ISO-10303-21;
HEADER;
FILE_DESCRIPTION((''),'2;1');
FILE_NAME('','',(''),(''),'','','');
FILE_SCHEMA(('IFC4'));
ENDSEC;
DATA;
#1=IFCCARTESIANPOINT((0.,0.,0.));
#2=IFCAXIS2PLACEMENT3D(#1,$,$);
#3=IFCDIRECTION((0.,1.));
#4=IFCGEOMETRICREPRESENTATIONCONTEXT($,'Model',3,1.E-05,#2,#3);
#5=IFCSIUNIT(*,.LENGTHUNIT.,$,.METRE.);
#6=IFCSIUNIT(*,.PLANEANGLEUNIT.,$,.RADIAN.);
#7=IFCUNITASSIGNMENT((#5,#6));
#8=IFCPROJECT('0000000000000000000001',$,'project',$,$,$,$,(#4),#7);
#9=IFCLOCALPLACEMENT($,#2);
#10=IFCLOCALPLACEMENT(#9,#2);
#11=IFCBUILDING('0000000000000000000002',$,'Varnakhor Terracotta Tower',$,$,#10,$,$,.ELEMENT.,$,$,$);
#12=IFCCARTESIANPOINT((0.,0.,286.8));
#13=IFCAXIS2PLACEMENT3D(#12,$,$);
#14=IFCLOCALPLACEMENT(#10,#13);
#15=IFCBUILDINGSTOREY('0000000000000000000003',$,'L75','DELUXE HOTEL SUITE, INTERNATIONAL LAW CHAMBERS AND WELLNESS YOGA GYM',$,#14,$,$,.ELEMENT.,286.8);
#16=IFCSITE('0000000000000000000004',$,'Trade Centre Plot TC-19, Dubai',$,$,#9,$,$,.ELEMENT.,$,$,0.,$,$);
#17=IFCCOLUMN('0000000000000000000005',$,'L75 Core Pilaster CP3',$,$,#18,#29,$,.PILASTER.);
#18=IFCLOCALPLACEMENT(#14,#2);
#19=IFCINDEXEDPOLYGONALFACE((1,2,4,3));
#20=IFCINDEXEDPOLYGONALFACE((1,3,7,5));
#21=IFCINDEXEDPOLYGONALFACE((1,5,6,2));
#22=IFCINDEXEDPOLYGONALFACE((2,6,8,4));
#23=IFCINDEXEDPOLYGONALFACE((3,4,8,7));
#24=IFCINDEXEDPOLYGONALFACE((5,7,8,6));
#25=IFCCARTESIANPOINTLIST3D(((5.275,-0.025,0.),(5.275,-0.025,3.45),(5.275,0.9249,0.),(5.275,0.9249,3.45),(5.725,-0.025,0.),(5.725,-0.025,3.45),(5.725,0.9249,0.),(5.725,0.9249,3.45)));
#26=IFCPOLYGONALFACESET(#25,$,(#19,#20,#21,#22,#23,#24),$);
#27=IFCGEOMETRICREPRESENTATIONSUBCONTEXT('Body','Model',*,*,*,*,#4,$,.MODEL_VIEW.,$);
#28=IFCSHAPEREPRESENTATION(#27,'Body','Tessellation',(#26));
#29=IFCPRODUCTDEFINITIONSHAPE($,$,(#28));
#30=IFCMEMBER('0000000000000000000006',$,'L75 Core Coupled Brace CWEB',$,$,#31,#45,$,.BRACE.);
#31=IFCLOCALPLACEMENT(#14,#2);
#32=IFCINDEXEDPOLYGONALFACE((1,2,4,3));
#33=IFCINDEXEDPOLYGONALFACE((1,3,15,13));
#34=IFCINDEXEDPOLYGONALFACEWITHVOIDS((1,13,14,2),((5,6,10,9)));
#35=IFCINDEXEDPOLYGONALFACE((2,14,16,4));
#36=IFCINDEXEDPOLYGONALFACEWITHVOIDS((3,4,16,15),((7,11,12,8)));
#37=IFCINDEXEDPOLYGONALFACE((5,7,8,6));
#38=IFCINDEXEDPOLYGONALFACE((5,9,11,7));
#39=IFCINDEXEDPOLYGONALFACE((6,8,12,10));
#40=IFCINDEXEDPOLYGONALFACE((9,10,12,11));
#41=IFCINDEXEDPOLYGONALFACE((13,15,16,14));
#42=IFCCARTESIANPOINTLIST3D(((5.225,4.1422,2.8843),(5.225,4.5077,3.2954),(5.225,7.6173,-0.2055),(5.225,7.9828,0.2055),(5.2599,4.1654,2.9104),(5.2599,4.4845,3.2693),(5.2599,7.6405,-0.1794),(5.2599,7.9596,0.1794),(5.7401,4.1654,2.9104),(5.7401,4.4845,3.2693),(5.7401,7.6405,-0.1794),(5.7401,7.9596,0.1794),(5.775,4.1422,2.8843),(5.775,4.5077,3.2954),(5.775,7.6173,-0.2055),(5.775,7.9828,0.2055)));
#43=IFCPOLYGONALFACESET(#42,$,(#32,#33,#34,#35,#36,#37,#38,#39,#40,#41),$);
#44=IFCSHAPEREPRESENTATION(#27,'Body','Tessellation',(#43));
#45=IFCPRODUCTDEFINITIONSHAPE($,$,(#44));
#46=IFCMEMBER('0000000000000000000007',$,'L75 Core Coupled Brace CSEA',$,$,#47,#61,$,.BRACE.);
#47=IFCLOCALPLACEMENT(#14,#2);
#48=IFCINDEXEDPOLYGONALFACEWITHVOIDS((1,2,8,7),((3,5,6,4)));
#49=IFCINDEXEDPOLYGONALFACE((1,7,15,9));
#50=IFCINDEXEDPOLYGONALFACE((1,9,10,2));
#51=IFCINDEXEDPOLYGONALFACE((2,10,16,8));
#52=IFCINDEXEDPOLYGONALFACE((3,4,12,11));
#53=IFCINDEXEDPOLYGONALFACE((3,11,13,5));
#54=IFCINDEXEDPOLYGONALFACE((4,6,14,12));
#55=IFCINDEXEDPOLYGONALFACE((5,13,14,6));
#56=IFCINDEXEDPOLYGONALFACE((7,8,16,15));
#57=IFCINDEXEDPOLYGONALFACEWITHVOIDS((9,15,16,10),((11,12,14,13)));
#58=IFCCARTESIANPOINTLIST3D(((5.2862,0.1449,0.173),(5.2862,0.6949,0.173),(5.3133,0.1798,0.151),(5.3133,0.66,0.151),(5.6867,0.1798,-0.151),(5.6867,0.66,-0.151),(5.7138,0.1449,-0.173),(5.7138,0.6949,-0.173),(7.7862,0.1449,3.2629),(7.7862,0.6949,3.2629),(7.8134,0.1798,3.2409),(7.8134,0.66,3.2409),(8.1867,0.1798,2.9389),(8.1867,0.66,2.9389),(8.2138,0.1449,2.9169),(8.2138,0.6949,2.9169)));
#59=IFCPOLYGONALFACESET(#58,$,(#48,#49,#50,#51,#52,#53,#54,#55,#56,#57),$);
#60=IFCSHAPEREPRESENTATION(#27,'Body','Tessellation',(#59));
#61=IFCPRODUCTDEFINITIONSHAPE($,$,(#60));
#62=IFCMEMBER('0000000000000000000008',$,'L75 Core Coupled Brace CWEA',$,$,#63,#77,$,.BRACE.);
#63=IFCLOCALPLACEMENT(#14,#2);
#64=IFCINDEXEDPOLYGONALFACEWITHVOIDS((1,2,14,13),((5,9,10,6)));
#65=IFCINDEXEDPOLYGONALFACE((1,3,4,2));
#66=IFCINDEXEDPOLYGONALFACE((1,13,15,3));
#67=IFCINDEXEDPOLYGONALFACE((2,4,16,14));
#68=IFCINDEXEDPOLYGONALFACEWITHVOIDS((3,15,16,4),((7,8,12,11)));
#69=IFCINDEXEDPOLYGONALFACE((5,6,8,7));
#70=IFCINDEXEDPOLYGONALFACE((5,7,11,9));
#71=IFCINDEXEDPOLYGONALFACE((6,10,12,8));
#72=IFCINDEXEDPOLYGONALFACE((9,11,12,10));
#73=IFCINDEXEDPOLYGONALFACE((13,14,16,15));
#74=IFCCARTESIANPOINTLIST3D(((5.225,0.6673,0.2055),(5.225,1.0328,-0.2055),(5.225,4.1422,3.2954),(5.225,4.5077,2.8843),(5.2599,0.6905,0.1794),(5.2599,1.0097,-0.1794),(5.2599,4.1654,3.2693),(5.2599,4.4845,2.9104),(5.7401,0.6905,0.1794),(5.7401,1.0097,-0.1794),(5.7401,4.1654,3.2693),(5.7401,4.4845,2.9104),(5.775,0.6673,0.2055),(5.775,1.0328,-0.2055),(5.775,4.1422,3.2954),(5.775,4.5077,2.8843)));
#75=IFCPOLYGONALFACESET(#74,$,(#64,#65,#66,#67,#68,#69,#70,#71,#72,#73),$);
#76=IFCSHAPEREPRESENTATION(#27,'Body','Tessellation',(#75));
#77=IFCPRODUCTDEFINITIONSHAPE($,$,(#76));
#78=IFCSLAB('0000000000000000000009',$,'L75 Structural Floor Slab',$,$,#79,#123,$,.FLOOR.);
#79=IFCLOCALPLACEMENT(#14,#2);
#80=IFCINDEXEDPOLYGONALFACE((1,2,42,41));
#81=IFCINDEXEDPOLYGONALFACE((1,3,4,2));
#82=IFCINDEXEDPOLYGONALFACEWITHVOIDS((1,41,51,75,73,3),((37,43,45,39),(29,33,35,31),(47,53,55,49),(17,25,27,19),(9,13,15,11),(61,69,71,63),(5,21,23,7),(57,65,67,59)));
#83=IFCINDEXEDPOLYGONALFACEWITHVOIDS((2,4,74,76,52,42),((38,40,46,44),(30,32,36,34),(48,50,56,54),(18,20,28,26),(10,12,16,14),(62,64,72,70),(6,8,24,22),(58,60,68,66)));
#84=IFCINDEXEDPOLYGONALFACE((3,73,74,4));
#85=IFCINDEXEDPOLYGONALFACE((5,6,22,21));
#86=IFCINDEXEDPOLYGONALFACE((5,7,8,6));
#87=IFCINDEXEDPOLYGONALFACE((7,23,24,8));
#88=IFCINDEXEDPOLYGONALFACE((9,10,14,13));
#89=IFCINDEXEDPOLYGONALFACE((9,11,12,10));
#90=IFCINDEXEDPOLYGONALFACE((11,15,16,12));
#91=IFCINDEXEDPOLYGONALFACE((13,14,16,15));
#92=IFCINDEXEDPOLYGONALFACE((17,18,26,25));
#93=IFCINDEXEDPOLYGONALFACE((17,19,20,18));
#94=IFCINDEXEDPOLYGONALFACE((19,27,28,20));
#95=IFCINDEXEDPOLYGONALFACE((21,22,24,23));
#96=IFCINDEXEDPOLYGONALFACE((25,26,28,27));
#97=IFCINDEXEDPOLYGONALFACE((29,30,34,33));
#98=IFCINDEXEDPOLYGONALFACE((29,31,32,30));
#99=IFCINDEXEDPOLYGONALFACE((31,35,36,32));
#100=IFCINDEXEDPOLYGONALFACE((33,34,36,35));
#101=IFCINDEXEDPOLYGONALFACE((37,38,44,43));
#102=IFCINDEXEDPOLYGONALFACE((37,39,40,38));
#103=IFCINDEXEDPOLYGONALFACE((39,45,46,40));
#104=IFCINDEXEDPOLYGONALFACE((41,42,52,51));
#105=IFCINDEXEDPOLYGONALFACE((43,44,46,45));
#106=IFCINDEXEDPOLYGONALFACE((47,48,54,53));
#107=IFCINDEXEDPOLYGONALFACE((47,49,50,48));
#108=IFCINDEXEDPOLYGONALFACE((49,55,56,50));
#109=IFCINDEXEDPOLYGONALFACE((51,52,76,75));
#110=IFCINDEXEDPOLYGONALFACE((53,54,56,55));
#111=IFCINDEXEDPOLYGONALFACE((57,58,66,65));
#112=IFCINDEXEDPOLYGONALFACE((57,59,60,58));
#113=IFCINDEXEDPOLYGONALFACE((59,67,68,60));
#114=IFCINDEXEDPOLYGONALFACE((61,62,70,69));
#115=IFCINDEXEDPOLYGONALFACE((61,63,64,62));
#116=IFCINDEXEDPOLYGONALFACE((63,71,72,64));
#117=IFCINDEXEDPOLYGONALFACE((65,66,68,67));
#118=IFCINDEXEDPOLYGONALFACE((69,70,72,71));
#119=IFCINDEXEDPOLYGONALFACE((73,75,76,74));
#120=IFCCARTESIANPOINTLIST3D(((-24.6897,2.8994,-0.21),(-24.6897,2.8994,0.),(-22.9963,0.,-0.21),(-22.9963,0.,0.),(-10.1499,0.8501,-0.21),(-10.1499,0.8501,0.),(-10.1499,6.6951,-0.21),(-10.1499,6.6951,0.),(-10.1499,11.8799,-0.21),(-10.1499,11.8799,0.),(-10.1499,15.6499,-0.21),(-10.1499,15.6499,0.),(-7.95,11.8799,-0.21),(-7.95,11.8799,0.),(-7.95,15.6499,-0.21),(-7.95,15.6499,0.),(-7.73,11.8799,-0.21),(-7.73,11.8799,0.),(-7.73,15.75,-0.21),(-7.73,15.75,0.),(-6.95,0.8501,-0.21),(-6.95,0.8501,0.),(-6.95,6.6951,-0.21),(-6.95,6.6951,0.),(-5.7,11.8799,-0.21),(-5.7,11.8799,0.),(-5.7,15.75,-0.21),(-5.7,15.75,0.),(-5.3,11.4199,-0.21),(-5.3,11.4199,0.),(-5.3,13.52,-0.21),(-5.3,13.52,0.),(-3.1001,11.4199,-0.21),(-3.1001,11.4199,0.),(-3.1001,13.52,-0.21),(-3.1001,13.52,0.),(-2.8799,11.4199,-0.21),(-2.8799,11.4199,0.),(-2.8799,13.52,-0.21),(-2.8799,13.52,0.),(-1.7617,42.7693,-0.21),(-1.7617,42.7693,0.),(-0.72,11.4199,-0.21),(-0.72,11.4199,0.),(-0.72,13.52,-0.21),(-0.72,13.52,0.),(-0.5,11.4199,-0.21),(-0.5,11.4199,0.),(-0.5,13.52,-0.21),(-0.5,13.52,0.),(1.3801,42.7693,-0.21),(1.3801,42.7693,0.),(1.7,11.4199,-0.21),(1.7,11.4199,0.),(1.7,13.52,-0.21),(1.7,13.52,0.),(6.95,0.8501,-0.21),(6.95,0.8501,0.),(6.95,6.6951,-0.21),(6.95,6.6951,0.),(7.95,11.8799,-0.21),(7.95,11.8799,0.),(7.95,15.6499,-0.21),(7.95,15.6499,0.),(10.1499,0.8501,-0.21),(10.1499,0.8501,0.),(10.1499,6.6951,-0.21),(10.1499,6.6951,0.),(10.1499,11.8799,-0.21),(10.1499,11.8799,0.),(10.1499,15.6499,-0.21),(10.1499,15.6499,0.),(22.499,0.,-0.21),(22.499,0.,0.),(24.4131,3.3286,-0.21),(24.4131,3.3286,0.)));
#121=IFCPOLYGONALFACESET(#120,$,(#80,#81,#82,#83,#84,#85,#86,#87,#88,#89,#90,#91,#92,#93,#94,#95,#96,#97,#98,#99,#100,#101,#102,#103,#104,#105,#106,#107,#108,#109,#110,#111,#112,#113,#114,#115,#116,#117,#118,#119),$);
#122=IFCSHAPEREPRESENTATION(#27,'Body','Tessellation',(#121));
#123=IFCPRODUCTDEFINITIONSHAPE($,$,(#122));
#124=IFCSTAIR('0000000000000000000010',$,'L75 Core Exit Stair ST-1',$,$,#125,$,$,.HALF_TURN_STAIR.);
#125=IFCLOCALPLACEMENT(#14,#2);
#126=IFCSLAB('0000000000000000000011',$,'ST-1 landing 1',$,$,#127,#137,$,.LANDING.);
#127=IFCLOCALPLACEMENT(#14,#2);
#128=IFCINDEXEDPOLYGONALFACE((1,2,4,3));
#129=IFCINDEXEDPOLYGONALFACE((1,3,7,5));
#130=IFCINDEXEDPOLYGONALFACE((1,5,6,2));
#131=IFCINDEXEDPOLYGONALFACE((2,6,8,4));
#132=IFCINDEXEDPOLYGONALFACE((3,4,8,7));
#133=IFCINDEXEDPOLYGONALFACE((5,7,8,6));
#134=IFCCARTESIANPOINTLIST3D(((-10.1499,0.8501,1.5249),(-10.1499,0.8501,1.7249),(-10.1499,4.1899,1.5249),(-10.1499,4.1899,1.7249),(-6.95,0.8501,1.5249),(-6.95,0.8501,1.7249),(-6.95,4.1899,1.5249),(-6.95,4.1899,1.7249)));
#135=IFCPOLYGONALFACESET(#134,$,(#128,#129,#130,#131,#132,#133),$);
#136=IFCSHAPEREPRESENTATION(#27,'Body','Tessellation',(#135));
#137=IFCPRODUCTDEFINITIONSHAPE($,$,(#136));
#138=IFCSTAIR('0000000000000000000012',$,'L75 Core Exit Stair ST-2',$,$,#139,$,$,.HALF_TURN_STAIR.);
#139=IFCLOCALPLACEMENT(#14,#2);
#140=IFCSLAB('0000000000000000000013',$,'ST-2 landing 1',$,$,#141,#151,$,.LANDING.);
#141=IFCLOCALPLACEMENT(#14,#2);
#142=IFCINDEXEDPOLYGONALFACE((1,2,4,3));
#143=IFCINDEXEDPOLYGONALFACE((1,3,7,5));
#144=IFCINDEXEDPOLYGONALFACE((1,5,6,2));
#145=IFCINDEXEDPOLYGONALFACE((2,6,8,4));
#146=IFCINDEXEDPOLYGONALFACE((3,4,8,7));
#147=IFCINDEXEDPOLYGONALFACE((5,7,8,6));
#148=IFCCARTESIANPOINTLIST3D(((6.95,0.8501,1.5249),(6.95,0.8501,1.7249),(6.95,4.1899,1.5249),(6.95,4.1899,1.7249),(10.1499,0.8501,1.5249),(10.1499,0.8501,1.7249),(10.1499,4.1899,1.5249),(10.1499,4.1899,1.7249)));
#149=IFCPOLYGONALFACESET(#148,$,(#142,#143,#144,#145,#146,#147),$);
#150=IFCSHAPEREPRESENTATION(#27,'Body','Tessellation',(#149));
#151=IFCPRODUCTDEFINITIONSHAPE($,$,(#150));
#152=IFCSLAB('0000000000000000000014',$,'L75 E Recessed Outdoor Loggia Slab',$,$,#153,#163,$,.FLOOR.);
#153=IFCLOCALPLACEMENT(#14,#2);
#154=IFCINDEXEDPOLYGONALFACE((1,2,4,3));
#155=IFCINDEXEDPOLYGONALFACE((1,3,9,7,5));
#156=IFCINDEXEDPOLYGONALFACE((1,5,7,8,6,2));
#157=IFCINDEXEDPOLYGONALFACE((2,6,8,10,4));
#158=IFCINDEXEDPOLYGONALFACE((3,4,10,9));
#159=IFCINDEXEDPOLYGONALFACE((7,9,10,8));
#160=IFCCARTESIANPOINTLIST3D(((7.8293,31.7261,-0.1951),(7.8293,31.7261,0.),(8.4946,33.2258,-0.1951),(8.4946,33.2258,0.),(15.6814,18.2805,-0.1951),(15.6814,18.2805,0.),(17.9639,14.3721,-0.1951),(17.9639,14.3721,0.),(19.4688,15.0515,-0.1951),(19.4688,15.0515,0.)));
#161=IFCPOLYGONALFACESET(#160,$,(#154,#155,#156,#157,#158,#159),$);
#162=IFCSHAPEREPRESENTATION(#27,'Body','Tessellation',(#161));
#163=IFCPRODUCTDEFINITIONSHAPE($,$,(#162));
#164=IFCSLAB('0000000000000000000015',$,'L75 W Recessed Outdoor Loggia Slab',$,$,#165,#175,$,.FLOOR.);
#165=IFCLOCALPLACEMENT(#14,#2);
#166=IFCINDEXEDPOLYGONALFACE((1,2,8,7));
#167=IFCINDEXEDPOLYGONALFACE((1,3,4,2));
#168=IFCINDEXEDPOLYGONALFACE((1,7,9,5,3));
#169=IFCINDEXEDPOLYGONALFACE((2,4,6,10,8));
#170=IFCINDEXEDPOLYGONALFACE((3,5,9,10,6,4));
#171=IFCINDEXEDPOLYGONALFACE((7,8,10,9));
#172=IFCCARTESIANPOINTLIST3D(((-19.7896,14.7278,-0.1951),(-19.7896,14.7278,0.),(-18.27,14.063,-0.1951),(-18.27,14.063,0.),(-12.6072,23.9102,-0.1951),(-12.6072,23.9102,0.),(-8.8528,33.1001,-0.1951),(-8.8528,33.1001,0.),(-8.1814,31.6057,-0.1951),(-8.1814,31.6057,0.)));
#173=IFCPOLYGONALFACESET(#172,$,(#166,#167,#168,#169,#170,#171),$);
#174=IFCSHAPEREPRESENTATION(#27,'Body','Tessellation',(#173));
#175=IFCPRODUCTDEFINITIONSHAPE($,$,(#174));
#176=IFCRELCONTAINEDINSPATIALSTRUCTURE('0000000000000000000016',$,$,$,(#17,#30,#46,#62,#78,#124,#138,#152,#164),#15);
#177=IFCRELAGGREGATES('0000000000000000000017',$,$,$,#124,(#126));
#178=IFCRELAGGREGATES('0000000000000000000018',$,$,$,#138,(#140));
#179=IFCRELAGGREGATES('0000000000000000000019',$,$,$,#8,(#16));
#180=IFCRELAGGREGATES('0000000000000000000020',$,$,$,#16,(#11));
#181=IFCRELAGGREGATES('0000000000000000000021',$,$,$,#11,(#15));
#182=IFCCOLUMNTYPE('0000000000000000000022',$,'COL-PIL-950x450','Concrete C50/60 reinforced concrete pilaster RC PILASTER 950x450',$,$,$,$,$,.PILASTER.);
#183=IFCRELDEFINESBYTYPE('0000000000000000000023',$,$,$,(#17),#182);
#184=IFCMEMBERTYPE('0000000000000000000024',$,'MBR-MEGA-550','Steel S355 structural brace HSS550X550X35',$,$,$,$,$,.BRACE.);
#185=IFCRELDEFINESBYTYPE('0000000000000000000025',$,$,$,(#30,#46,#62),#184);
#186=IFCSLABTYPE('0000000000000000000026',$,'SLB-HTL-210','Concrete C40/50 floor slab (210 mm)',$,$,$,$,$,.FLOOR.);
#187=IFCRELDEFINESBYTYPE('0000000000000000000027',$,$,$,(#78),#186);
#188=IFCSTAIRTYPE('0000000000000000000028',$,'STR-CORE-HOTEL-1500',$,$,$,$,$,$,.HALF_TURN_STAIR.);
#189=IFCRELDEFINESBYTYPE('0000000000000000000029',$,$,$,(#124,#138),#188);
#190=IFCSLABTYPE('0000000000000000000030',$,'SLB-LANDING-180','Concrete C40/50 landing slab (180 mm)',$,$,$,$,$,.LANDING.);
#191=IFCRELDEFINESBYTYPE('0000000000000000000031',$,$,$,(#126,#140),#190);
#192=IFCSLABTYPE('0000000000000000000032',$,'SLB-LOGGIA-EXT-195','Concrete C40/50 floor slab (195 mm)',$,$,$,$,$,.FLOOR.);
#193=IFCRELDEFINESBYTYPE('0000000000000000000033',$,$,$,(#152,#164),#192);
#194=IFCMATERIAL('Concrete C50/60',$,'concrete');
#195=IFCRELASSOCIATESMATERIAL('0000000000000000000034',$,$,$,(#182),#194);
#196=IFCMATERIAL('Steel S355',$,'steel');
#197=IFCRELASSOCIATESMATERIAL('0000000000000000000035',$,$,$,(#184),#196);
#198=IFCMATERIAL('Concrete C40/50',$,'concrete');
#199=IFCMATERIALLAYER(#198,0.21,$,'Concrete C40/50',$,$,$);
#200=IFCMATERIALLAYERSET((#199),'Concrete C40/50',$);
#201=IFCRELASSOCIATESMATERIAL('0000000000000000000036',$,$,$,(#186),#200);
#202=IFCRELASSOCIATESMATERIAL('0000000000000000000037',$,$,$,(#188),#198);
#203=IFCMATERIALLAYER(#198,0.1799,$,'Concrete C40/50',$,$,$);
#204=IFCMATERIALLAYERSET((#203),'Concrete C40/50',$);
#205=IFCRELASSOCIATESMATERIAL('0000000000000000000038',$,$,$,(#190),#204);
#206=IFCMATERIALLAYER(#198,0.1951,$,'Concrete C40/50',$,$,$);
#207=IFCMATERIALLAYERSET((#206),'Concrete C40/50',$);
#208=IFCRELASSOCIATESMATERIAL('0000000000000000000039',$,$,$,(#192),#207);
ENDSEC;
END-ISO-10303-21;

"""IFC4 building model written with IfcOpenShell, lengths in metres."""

from ifc_helpers import new_model, si_unit, direction, frame, origin, origin_2d, place, context, subcontext, project, spatial, polyline, rectangle, hollow_rectangle, outline, extrude, source, transform, mapped, material, layer, layer_set, material_profile, profile_set, type_object, element, aggregate, save


model = new_model("IFC4")

# Units and contexts
model_context = context("Model", 3, precision=1e-05, world=origin(), true_north=direction((0.0, 1.0)))
body_context = subcontext(model_context, "Body", "Model", "MODEL_VIEW")
ifc_project = project(units=[si_unit("LENGTHUNIT", "METRE"), si_unit("PLANEANGLEUNIT", "RADIAN")], contexts=[model_context])

# Site, building, storey
site_placement = place(None, origin())
site = spatial("IfcSite", under=ifc_project, at=site_placement, Name="Trade Centre Plot TC-19, Dubai", CompositionType="ELEMENT", RefElevation=0.0)
building_placement = place(site_placement, origin())
building = spatial("IfcBuilding", under=site, at=building_placement, Name="Varnakhor Terracotta Tower", CompositionType="ELEMENT")
storey_placement = place(building_placement, frame((0.0, 0.0, 286.8)))
storey = spatial("IfcBuildingStorey", under=building, at=storey_placement, Name="L75", Description="DELUXE HOTEL SUITE, INTERNATIONAL LAW CHAMBERS AND WELLNESS YOGA GYM", CompositionType="ELEMENT", Elevation=286.8)

# Column
ifc_material_1 = material(Name="Concrete C50/60", Category="concrete")
ifc_material_profile_1 = material_profile(ifc_material_1, rectangle(XDim=0.45, YDim=0.95, at=origin_2d()), Name="RC PILASTER 950x450")
ifc_profile_set_1 = profile_set([ifc_material_profile_1], Name="Concrete C50/60")
column_type = type_object("IfcColumnType", Name="COL-PIL-950x450", Description="Concrete C50/60 reinforced concrete pilaster RC PILASTER 950x450", PredefinedType="PILASTER", material=ifc_profile_set_1)
shared_shape_1 = source(origin(), body_context, "Body", "SweptSolid", [
    extrude(rectangle(XDim=0.45, YDim=0.95, at=origin_2d()), origin(), (0.0, 0.0, 1.0), 3.45),
])
column_placement = place(storey_placement, frame((5.5, 0.45, 0.0), z_axis=(0.0, 0.0, 1.0), x_axis=(1.0, 0.0, 0.0)))
element("IfcColumn", 1, at=column_placement, inside=storey, type_object=column_type, Name="L75 Core Pilaster CP3", PredefinedType="PILASTER", context=body_context, shape_type="MappedRepresentation", body=[
    mapped(shared_shape_1, transform((0.0, 0.0, 0.0), scale=1.0)),
])

# Members
ifc_material_2 = material(Name="Steel S355", Category="steel")
ifc_material_profile_2 = material_profile(ifc_material_2, hollow_rectangle(XDim=0.55, YDim=0.55, WallThickness=0.0349, at=origin_2d()), Name="HSS550X550X35")
ifc_profile_set_2 = profile_set([ifc_material_profile_2], Name="Steel S355")
member_type = type_object("IfcMemberType", Name="MBR-MEGA-550", Description="Steel S355 structural brace HSS550X550X35", PredefinedType="BRACE", material=ifc_profile_set_2)
shared_shape_2 = source(origin(), body_context, "Body", "SweptSolid", [
    extrude(hollow_rectangle(XDim=0.55, YDim=0.55, WallThickness=0.0349, at=origin_2d()), origin(), (0.0, 0.0, 1.0), 4.6501),
])
member_1_placement = place(storey_placement, frame((5.5, 7.8, 0.0), z_axis=(0.0, -0.747317, 0.664468), x_axis=(1.0, 0.0, 0.0)))
element("IfcMember", 2, at=member_1_placement, inside=storey, type_object=member_type, Name="L75 Core Coupled Brace CWEB", PredefinedType="BRACE", context=body_context, shape_type="MappedRepresentation", body=[
    mapped(shared_shape_2, transform((0.0, 0.0, 0.0), scale=1.0)),
])
shared_shape_3 = source(origin(), body_context, "Body", "SweptSolid", [
    extrude(hollow_rectangle(XDim=0.55, YDim=0.55, WallThickness=0.0349, at=origin_2d()), origin(), (0.0, 0.0, 1.0), 3.9746),
])
member_2_placement = place(storey_placement, frame((5.5, 0.4199, 0.0), z_axis=(0.629, 0.0, 0.777405), x_axis=(0.0, 1.0, 0.0)))
element("IfcMember", 3, at=member_2_placement, inside=storey, type_object=member_type, Name="L75 Core Coupled Brace CSEA", PredefinedType="BRACE", context=body_context, shape_type="MappedRepresentation", body=[
    mapped(shared_shape_3, transform((0.0, 0.0, 0.0), scale=1.0)),
])
shared_shape_4 = source(origin(), body_context, "Body", "SweptSolid", [
    extrude(hollow_rectangle(XDim=0.55, YDim=0.55, WallThickness=0.0349, at=origin_2d()), origin(), (0.0, 0.0, 1.0), 4.6499),
])
member_3_placement = place(storey_placement, frame((5.5, 0.8501, 0.0), z_axis=(0.0, 0.747293, 0.664494), x_axis=(-1.0, 0.0, 0.0)))
element("IfcMember", 4, at=member_3_placement, inside=storey, type_object=member_type, Name="L75 Core Coupled Brace CWEA", PredefinedType="BRACE", context=body_context, shape_type="MappedRepresentation", body=[
    mapped(shared_shape_4, transform((0.0, 0.0, 0.0), scale=1.0)),
])

# Slab
ifc_material_3 = material(Name="Concrete C40/50", Category="concrete")
ifc_layer_1 = layer(ifc_material_3, 0.21, Name="Concrete C40/50")
ifc_layer_set_1 = layer_set([ifc_layer_1], Name="Concrete C40/50")
slab_type_1 = type_object("IfcSlabType", Name="SLB-HTL-210", Description="Concrete C40/50 floor slab (210 mm)", PredefinedType="FLOOR", material=ifc_layer_set_1)
slab_1_placement = place(storey_placement, frame((0.0, 0.0, -0.21)))
element("IfcSlab", 5, at=slab_1_placement, inside=storey, type_object=slab_type_1, Name="L75 Structural Floor Slab", PredefinedType="FLOOR", context=body_context, shape_type="SweptSolid", body=[
    extrude(outline(polyline([(-24.6897, 2.8994), (-1.7617, 42.7693), (1.3801, 42.7693), (24.4131, 3.3286), (22.499, 0.0), (-22.9963, 0.0), (-24.6897, 2.8994)]), holes=[polyline([(-6.95, 0.8501), (-6.95, 6.6951), (-10.1499, 6.6951), (-10.1499, 0.8501), (-6.95, 0.8501)]), polyline([(10.1499, 0.8501), (10.1499, 6.6951), (6.95, 6.6951), (6.95, 0.8501), (10.1499, 0.8501)]), polyline([(-3.1001, 11.4199), (-3.1001, 13.52), (-5.3, 13.52), (-5.3, 11.4199), (-3.1001, 11.4199)]), polyline([(-0.72, 11.4199), (-0.72, 13.52), (-2.8799, 13.52), (-2.8799, 11.4199), (-0.72, 11.4199)]), polyline([(1.7, 11.4199), (1.7, 13.52), (-0.5, 13.52), (-0.5, 11.4199), (1.7, 11.4199)]), polyline([(-7.95, 11.8799), (-7.95, 15.6499), (-10.1499, 15.6499), (-10.1499, 11.8799), (-7.95, 11.8799)]), polyline([(10.1499, 11.8799), (10.1499, 15.6499), (7.95, 15.6499), (7.95, 11.8799), (10.1499, 11.8799)]), polyline([(-5.7, 11.8799), (-5.7, 15.75), (-7.73, 15.75), (-7.73, 11.8799), (-5.7, 11.8799)])]), origin(), (0.0, 0.0, 1.0), 0.21),
])

# Stairs, slabs
stair_type = type_object("IfcStairType", Name="STR-CORE-HOTEL-1500", PredefinedType="HALF_TURN_STAIR", material=ifc_material_3)
stair_1_placement = place(storey_placement, origin())
stair_1 = element("IfcStair", 6, at=stair_1_placement, inside=storey, type_object=stair_type, Name="L75 Core Exit Stair ST-1", PredefinedType="HALF_TURN_STAIR")
ifc_layer_2 = layer(ifc_material_3, 0.1799, Name="Concrete C40/50")
ifc_layer_set_2 = layer_set([ifc_layer_2], Name="Concrete C40/50")
slab_type_2 = type_object("IfcSlabType", Name="SLB-LANDING-180", Description="Concrete C40/50 landing slab (180 mm)", PredefinedType="LANDING", material=ifc_layer_set_2)
slab_2_placement = place(storey_placement, frame((0.0, 0.0, 1.5249)))
slab_2 = element("IfcSlab", 7, at=slab_2_placement, type_object=slab_type_2, Name="ST-1 landing 1", PredefinedType="LANDING", context=body_context, shape_type="SweptSolid", body=[
    extrude(outline(polyline([(-10.1499, 4.1899), (-10.1499, 0.8501), (-6.95, 0.8501), (-6.95, 4.1899), (-10.1499, 4.1899)])), origin(), (0.0, 0.0, 1.0), 0.2),
])
aggregate(stair_1, [slab_2])
stair_2_placement = place(storey_placement, origin())
stair_2 = element("IfcStair", 8, at=stair_2_placement, inside=storey, type_object=stair_type, Name="L75 Core Exit Stair ST-2", PredefinedType="HALF_TURN_STAIR")
slab_3_placement = place(storey_placement, frame((0.0, 0.0, 1.5249)))
slab_3 = element("IfcSlab", 9, at=slab_3_placement, type_object=slab_type_2, Name="ST-2 landing 1", PredefinedType="LANDING", context=body_context, shape_type="SweptSolid", body=[
    extrude(outline(polyline([(6.95, 4.1899), (6.95, 0.8501), (10.1499, 0.8501), (10.1499, 4.1899), (6.95, 4.1899)])), origin(), (0.0, 0.0, 1.0), 0.2),
])

# Slabs
ifc_layer_3 = layer(ifc_material_3, 0.1951, Name="Concrete C40/50")
ifc_layer_set_3 = layer_set([ifc_layer_3], Name="Concrete C40/50")
slab_type_3 = type_object("IfcSlabType", Name="SLB-LOGGIA-EXT-195", Description="Concrete C40/50 floor slab (195 mm)", PredefinedType="FLOOR", material=ifc_layer_set_3)
slab_4_placement = place(storey_placement, frame((0.0, 0.0, -0.1951)))
element("IfcSlab", 10, at=slab_4_placement, inside=storey, type_object=slab_type_3, Name="L75 E Recessed Outdoor Loggia Slab", PredefinedType="FLOOR", context=body_context, shape_type="SweptSolid", body=[
    extrude(outline(polyline([(8.4946, 33.2258), (19.4688, 15.0515), (17.9639, 14.3721), (15.6814, 18.2805), (7.8293, 31.7261), (8.4946, 33.2258)])), origin(), (0.0, 0.0, 1.0), 0.1951),
])
slab_5_placement = place(storey_placement, frame((0.0, 0.0, -0.1951)))
element("IfcSlab", 11, at=slab_5_placement, inside=storey, type_object=slab_type_3, Name="L75 W Recessed Outdoor Loggia Slab", PredefinedType="FLOOR", context=body_context, shape_type="SweptSolid", body=[
    extrude(outline(polyline([(-19.7896, 14.7278), (-8.8528, 33.1001), (-8.1814, 31.6057), (-12.6072, 23.9102), (-18.27, 14.063), (-19.7896, 14.7278)])), origin(), (0.0, 0.0, 1.0), 0.1951),
])

aggregate(stair_2, [slab_3])

save(model, "model.ifc")
